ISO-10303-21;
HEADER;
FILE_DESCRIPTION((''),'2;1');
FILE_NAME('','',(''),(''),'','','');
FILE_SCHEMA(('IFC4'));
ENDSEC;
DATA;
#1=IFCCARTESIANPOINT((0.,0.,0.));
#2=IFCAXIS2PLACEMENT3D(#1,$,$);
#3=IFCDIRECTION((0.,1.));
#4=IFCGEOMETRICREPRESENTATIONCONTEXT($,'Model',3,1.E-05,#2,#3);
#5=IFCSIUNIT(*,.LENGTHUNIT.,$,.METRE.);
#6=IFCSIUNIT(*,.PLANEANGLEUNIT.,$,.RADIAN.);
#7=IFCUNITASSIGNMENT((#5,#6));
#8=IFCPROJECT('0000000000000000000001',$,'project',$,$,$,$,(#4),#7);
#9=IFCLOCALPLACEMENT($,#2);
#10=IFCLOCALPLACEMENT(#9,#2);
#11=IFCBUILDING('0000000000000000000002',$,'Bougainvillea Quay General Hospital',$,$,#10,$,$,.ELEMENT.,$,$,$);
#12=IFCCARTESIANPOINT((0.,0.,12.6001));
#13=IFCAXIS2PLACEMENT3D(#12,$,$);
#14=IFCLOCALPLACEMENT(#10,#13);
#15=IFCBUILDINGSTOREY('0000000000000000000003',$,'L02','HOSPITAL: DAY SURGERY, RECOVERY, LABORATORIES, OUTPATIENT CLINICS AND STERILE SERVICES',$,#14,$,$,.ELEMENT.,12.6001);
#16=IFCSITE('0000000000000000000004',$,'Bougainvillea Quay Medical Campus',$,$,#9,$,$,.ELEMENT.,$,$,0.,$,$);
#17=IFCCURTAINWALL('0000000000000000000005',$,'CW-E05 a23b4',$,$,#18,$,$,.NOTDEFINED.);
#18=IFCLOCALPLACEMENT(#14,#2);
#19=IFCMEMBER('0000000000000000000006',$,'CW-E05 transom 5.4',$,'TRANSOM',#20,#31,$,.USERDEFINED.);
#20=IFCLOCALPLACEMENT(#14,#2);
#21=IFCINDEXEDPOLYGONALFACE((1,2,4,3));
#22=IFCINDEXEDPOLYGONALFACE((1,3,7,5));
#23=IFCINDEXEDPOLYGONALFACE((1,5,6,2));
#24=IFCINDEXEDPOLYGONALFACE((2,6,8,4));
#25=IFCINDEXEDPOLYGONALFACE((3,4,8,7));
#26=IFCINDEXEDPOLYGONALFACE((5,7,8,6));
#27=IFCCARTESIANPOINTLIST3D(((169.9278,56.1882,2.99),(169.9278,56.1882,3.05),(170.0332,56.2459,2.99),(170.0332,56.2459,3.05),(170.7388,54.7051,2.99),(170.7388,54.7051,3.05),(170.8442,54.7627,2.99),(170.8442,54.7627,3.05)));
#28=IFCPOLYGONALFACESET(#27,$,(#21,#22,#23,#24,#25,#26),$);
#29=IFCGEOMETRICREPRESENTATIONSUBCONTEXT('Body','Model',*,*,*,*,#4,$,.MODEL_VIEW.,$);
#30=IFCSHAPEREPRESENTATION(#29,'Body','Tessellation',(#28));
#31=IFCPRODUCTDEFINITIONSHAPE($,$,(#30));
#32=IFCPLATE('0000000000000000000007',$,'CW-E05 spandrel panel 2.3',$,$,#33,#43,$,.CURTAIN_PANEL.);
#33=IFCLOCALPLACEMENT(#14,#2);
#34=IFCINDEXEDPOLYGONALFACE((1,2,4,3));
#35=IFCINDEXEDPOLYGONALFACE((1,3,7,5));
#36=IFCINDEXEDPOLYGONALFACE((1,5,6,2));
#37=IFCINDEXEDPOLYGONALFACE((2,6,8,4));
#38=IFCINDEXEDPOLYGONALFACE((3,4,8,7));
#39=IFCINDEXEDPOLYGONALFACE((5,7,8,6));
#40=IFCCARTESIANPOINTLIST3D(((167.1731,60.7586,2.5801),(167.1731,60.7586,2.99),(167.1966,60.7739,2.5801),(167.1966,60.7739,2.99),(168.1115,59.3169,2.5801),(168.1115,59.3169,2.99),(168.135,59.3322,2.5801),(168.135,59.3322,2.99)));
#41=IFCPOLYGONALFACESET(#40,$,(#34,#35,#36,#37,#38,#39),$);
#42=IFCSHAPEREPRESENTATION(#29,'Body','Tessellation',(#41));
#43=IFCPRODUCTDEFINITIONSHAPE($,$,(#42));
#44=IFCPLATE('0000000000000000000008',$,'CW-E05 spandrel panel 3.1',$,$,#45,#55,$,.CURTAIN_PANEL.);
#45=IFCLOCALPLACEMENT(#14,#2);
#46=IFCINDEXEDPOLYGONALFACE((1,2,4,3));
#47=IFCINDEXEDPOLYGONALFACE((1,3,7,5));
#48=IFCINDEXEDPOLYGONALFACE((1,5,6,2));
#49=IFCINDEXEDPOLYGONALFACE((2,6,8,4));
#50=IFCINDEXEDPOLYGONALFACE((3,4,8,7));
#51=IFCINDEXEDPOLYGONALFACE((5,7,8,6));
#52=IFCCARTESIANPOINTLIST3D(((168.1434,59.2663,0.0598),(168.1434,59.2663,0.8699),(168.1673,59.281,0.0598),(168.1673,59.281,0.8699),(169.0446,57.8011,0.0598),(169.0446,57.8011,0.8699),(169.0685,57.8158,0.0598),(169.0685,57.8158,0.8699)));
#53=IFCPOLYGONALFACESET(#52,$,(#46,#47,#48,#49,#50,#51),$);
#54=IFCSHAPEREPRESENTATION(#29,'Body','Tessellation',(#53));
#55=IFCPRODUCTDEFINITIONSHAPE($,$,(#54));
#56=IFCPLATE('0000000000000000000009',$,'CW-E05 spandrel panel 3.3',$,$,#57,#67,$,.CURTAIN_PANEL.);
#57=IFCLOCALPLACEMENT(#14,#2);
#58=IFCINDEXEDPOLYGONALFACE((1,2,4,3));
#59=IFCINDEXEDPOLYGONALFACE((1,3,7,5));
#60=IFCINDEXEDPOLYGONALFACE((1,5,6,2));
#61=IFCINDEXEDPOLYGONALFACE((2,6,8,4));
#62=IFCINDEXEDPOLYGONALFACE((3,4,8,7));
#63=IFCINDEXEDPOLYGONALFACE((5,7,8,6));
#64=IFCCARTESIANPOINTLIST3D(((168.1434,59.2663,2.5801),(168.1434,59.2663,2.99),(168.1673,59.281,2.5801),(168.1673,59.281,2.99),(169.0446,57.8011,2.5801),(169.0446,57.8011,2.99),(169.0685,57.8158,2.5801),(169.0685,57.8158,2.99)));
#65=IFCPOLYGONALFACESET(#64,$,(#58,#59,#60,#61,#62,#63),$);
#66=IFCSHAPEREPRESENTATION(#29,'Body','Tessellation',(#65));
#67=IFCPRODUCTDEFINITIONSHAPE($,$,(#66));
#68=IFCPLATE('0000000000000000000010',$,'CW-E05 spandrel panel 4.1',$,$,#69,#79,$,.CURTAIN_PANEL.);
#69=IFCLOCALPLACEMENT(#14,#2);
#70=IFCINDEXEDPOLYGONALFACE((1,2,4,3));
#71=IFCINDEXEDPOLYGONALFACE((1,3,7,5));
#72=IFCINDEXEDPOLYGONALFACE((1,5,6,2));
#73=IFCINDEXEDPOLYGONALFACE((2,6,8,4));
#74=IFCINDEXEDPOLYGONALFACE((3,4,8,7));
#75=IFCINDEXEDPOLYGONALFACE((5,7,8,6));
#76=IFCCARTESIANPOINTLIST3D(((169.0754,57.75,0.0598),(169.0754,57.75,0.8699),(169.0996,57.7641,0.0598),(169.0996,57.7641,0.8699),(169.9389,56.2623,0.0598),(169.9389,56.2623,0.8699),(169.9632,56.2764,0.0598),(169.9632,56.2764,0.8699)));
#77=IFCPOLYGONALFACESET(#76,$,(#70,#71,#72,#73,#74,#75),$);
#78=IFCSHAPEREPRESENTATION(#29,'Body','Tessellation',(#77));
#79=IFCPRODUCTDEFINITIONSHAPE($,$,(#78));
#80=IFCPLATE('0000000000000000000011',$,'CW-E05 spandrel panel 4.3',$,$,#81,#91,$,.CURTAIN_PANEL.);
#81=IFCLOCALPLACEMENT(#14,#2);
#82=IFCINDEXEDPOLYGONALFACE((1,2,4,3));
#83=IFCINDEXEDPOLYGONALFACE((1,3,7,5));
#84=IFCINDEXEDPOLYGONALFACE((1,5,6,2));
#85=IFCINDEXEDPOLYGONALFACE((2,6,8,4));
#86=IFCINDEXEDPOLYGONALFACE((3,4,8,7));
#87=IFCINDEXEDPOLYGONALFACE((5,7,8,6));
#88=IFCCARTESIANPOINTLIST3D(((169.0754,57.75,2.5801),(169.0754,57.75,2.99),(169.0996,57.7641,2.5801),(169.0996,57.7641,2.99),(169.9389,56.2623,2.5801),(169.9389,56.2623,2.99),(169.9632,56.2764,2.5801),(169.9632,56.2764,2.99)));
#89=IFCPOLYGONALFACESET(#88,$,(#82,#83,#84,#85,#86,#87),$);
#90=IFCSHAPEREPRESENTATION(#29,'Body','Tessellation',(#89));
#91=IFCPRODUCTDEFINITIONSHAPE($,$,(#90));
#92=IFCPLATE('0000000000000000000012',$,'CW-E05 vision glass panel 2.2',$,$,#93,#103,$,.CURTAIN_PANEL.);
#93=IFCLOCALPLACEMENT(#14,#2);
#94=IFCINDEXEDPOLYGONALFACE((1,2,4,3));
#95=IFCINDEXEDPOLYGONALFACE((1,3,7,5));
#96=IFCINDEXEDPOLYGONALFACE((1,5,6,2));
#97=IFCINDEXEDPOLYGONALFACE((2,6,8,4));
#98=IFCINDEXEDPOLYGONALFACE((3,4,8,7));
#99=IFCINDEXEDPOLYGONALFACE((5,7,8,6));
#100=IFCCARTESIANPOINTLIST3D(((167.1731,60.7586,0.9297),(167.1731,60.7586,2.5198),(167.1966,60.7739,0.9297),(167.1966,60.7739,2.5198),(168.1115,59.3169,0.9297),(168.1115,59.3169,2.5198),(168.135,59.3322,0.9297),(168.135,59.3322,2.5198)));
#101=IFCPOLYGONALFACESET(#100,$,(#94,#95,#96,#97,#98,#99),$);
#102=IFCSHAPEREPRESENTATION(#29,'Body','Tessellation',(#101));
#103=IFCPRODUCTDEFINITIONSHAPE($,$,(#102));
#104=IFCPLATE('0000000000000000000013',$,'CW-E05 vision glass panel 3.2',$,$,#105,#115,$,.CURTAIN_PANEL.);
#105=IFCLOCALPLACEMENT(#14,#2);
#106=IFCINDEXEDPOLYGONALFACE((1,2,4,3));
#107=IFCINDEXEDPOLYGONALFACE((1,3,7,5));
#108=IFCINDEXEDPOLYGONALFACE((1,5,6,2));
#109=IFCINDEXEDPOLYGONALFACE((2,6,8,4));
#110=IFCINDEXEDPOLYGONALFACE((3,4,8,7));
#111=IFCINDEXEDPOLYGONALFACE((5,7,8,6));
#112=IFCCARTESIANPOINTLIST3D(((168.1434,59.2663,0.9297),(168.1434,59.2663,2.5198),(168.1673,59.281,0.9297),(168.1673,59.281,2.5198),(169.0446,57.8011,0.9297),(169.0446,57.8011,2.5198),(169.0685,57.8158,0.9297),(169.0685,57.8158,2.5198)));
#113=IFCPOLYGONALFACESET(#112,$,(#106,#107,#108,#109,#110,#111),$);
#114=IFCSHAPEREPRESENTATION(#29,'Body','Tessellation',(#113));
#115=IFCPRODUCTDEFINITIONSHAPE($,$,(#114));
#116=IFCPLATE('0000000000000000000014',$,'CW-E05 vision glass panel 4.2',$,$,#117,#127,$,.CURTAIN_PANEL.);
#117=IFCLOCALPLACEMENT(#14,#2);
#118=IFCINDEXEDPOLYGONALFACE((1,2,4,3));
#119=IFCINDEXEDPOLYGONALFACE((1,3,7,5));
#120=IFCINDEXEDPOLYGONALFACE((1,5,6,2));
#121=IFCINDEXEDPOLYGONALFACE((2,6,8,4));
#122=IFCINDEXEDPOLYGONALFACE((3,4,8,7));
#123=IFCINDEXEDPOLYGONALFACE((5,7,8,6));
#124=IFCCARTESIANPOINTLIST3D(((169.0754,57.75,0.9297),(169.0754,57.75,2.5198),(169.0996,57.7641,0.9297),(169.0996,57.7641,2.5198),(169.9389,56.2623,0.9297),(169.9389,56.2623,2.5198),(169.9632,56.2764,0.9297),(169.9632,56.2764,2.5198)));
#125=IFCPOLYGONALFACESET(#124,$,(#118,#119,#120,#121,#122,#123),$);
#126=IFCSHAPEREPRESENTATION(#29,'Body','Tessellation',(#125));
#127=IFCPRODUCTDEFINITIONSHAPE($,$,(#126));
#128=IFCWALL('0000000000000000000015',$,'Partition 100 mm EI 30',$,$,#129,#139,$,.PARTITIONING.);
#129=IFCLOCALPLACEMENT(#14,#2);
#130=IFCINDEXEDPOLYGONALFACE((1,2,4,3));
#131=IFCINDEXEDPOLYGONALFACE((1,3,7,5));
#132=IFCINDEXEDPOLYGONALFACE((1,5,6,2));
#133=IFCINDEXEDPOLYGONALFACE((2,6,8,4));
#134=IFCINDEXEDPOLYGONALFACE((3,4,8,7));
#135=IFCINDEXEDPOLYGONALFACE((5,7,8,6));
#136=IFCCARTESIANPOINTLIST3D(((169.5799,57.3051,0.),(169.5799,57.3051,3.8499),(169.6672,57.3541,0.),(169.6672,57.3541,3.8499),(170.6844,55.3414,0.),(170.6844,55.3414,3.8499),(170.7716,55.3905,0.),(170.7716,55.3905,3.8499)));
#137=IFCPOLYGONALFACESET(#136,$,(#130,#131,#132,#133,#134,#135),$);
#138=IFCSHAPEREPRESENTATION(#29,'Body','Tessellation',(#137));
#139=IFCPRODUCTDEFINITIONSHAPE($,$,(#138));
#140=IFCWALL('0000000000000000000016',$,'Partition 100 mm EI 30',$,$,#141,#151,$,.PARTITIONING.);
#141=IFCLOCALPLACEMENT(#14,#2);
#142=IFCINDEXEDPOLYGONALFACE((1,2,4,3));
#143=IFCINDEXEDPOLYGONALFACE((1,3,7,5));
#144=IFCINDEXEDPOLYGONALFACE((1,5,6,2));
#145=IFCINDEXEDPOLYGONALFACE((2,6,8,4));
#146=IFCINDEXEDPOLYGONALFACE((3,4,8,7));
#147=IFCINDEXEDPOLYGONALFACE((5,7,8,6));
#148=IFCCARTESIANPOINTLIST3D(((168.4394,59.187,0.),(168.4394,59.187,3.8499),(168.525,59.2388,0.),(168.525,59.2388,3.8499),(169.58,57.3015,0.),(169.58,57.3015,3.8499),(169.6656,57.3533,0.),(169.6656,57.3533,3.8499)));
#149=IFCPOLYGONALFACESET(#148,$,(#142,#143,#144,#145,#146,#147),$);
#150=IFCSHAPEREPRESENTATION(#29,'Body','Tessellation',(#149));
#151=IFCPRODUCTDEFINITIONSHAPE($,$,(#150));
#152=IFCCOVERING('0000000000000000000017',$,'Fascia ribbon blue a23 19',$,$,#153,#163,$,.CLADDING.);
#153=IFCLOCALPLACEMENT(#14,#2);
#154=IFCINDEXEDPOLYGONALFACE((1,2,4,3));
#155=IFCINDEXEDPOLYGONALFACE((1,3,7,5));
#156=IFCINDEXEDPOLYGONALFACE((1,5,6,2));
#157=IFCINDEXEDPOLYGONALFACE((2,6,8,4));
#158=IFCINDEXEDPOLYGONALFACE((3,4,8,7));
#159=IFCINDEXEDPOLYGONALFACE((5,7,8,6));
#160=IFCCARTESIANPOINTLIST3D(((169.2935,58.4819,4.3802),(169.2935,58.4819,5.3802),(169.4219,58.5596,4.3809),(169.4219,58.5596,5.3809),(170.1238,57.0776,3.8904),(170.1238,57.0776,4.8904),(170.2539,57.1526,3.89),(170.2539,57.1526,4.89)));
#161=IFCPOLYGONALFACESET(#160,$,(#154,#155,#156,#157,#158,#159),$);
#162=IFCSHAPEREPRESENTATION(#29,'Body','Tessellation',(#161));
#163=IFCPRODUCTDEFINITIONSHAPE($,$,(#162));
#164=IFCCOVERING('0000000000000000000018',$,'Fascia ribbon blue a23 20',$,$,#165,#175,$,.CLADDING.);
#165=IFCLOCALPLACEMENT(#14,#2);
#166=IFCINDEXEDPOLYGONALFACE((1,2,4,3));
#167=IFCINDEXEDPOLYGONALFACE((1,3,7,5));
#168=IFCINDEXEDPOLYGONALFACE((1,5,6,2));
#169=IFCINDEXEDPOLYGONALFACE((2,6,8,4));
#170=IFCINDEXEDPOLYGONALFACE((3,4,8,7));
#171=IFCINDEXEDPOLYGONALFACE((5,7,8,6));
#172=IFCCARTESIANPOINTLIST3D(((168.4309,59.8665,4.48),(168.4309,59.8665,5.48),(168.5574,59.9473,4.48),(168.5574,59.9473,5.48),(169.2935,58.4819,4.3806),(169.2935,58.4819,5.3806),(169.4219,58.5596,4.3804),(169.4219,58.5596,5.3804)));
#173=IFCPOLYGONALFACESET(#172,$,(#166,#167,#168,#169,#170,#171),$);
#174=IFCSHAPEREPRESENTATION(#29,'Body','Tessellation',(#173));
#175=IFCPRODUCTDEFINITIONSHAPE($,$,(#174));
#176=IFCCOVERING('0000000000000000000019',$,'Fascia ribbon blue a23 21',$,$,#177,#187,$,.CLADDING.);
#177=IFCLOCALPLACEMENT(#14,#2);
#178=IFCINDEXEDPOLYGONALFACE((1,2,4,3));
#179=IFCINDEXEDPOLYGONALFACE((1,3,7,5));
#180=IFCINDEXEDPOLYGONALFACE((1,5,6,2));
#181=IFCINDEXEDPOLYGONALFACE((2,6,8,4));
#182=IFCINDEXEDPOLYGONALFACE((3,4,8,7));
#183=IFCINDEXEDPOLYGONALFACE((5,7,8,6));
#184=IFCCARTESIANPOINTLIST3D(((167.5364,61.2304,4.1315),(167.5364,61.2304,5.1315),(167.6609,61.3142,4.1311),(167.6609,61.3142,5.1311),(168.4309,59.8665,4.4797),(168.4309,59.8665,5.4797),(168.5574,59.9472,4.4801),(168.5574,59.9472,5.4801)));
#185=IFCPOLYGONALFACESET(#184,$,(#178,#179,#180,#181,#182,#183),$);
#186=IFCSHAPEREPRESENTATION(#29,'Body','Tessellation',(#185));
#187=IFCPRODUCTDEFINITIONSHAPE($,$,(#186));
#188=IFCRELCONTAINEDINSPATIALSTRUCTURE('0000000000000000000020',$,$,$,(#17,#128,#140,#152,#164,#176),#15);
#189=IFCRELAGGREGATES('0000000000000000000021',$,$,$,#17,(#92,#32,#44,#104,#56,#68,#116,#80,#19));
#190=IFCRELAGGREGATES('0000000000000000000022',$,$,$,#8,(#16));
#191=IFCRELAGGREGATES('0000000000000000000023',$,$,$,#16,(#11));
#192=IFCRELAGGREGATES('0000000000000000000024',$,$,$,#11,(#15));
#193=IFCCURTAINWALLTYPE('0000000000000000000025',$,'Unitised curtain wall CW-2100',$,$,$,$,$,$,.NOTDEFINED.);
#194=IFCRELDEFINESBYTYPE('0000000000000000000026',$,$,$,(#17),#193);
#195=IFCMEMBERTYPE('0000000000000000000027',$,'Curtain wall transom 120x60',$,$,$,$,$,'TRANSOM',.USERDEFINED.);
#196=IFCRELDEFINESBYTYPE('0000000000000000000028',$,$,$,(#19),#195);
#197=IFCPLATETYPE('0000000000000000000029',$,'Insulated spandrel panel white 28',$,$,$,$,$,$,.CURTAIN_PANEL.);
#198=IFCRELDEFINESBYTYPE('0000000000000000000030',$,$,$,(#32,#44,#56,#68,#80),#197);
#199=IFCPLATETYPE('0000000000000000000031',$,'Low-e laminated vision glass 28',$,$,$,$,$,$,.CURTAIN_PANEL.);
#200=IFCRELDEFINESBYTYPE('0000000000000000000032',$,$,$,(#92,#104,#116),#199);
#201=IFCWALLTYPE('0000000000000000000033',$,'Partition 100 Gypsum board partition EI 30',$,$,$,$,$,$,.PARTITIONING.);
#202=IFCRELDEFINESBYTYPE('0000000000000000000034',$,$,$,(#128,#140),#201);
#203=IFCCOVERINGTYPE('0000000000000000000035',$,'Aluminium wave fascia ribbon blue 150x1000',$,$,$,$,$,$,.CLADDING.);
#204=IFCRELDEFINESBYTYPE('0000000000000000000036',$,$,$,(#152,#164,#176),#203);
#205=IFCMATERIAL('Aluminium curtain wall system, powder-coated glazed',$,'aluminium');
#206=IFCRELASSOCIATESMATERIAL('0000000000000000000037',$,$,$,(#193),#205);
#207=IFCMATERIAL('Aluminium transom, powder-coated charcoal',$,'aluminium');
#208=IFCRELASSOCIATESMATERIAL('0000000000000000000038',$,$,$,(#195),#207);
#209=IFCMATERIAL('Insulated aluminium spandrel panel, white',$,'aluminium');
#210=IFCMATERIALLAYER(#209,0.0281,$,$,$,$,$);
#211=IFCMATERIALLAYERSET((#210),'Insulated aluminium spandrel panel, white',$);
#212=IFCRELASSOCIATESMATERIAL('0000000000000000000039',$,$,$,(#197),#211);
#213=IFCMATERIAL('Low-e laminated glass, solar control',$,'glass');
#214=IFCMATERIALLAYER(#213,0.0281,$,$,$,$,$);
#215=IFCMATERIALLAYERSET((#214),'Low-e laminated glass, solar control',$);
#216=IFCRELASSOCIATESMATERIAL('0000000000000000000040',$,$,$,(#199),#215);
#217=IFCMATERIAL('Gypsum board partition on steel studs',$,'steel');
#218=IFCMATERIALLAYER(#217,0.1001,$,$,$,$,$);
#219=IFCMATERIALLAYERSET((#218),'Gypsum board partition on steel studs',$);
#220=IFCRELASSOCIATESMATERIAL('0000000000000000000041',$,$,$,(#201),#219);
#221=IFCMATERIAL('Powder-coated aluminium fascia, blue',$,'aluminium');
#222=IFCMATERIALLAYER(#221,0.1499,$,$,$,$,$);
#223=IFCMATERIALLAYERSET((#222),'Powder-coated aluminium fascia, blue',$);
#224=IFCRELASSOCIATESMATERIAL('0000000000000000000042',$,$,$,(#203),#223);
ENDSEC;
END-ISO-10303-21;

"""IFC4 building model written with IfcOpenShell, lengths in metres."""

from ifc_helpers import new_model, si_unit, direction, frame, frame_2d, origin, origin_2d, place, context, subcontext, project, spatial, polyline, rectangle, outline, extrude, material, layer, layer_set, material_profile, profile_set, type_object, element, aggregate, save


model = new_model("IFC4")

# Units and contexts
model_context = context("Model", 3, precision=1e-05, world=origin(), true_north=direction((0.0, 1.0)))
body_context = subcontext(model_context, "Body", "Model", "MODEL_VIEW")
ifc_project = project(units=[si_unit("LENGTHUNIT", "METRE"), si_unit("PLANEANGLEUNIT", "RADIAN")], contexts=[model_context])

# Site, building, storey
site_placement = place(None, origin())
site = spatial("IfcSite", under=ifc_project, at=site_placement, Name="Bougainvillea Quay Medical Campus", CompositionType="ELEMENT", RefElevation=0.0)
building_placement = place(site_placement, origin())
building = spatial("IfcBuilding", under=site, at=building_placement, Name="Bougainvillea Quay General Hospital", CompositionType="ELEMENT")
storey_placement = place(building_placement, frame((0.0, 0.0, 12.6001)))
storey = spatial("IfcBuildingStorey", under=building, at=storey_placement, Name="L02", Description="HOSPITAL: DAY SURGERY, RECOVERY, LABORATORIES, OUTPATIENT CLINICS AND STERILE SERVICES", CompositionType="ELEMENT", Elevation=12.6001)

# Curtain wall, member, plates
ifc_material_1 = material(Name="Aluminium curtain wall system, powder-coated glazed", Category="aluminium")
curtain_wall_type = type_object("IfcCurtainWallType", Name="Unitised curtain wall CW-2100", PredefinedType="NOTDEFINED", material=ifc_material_1)
curtain_wall_placement = place(storey_placement, origin())
curtain_wall = element("IfcCurtainWall", 1, at=curtain_wall_placement, inside=storey, type_object=curtain_wall_type, Name="CW-E05 a23b4", PredefinedType="NOTDEFINED")
ifc_material_2 = material(Name="Aluminium transom, powder-coated charcoal", Category="aluminium")
ifc_material_profile_1 = material_profile(ifc_material_2, rectangle(XDim=0.1201, YDim=0.0601, at=origin_2d()))
ifc_profile_set_1 = profile_set([ifc_material_profile_1], Name="Aluminium transom, powder-coated charcoal")
member_type_1 = type_object("IfcMemberType", Name="Curtain wall transom 120x60", ElementType="TRANSOM", PredefinedType="USERDEFINED", material=ifc_profile_set_1)
member_1_placement = place(storey_placement, frame((169.9805, 56.217, 3.02), z_axis=(0.479783, -0.877387, 0.0), x_axis=(0.877387, 0.479783, 0.0)))
member_1 = element("IfcMember", 2, at=member_1_placement, type_object=member_type_1, Name="CW-E05 transom 5.4", ObjectType="TRANSOM", PredefinedType="USERDEFINED", context=body_context, shape_type="SweptSolid", body=[
    extrude(rectangle(XDim=0.1201, YDim=0.0601, at=origin_2d()), origin(), (0.0, 0.0, 1.0), 1.6904),
])
ifc_material_3 = material(Name="Insulated aluminium spandrel panel, white", Category="aluminium")
ifc_layer_1 = layer(ifc_material_3, 0.0281)
ifc_layer_set_1 = layer_set([ifc_layer_1], Name="Insulated aluminium spandrel panel, white")
plate_type_1 = type_object("IfcPlateType", Name="Insulated spandrel panel white 28", PredefinedType="CURTAIN_PANEL", material=ifc_layer_set_1)
plate_1_placement = place(storey_placement, frame((167.6541, 60.0454, 2.5801), z_axis=(0.0, 0.0, 1.0), x_axis=(0.545494, -0.838115, 0.0)))
plate_1 = element("IfcPlate", 3, at=plate_1_placement, type_object=plate_type_1, Name="CW-E05 spandrel panel 2.3", PredefinedType="CURTAIN_PANEL", context=body_context, shape_type="SweptSolid", body=[
    extrude(rectangle(XDim=1.7202, YDim=0.0281, at=origin_2d()), origin(), (0.0, 0.0, 1.0), 0.4099),
])
plate_2_placement = place(storey_placement, frame((168.606, 58.541, 0.0598), z_axis=(0.0, 0.0, 1.0), x_axis=(0.523926, -0.851764, 0.0)))
plate_2 = element("IfcPlate", 4, at=plate_2_placement, type_object=plate_type_1, Name="CW-E05 spandrel panel 3.1", PredefinedType="CURTAIN_PANEL", context=body_context, shape_type="SweptSolid", body=[
    extrude(rectangle(XDim=1.7202, YDim=0.0281, at=origin_2d()), origin(), (0.0, 0.0, 1.0), 0.8101),
])
plate_3_placement = place(storey_placement, frame((168.606, 58.541, 2.5801), z_axis=(0.0, 0.0, 1.0), x_axis=(0.523926, -0.851764, 0.0)))
plate_3 = element("IfcPlate", 5, at=plate_3_placement, type_object=plate_type_1, Name="CW-E05 spandrel panel 3.3", PredefinedType="CURTAIN_PANEL", context=body_context, shape_type="SweptSolid", body=[
    extrude(rectangle(XDim=1.7202, YDim=0.0281, at=origin_2d()), origin(), (0.0, 0.0, 1.0), 0.4099),
])
plate_4_placement = place(storey_placement, frame((169.5193, 57.0132, 0.0598), z_axis=(0.0, 0.0, 1.0), x_axis=(0.502018, -0.864857, 0.0)))
plate_4 = element("IfcPlate", 6, at=plate_4_placement, type_object=plate_type_1, Name="CW-E05 spandrel panel 4.1", PredefinedType="CURTAIN_PANEL", context=body_context, shape_type="SweptSolid", body=[
    extrude(rectangle(XDim=1.7202, YDim=0.0281, at=origin_2d()), origin(), (0.0, 0.0, 1.0), 0.8101),
])
plate_5_placement = place(storey_placement, frame((169.5193, 57.0132, 2.5801), z_axis=(0.0, 0.0, 1.0), x_axis=(0.502018, -0.864857, 0.0)))
plate_5 = element("IfcPlate", 7, at=plate_5_placement, type_object=plate_type_1, Name="CW-E05 spandrel panel 4.3", PredefinedType="CURTAIN_PANEL", context=body_context, shape_type="SweptSolid", body=[
    extrude(rectangle(XDim=1.7202, YDim=0.0281, at=origin_2d()), origin(), (0.0, 0.0, 1.0), 0.4099),
])
ifc_material_4 = material(Name="Low-e laminated glass, solar control", Category="glass")
ifc_layer_2 = layer(ifc_material_4, 0.0281)
ifc_layer_set_2 = layer_set([ifc_layer_2], Name="Low-e laminated glass, solar control")
plate_type_2 = type_object("IfcPlateType", Name="Low-e laminated vision glass 28", PredefinedType="CURTAIN_PANEL", material=ifc_layer_set_2)
plate_6_placement = place(storey_placement, frame((167.6541, 60.0454, 0.9297), z_axis=(0.0, 0.0, 1.0), x_axis=(0.545494, -0.838115, 0.0)))
plate_6 = element("IfcPlate", 8, at=plate_6_placement, type_object=plate_type_2, Name="CW-E05 vision glass panel 2.2", PredefinedType="CURTAIN_PANEL", context=body_context, shape_type="SweptSolid", body=[
    extrude(rectangle(XDim=1.7202, YDim=0.0281, at=origin_2d()), origin(), (0.0, 0.0, 1.0), 1.5901),
])
plate_7_placement = place(storey_placement, frame((168.606, 58.541, 0.9297), z_axis=(0.0, 0.0, 1.0), x_axis=(0.523926, -0.851764, 0.0)))
plate_7 = element("IfcPlate", 9, at=plate_7_placement, type_object=plate_type_2, Name="CW-E05 vision glass panel 3.2", PredefinedType="CURTAIN_PANEL", context=body_context, shape_type="SweptSolid", body=[
    extrude(rectangle(XDim=1.7202, YDim=0.0281, at=origin_2d()), origin(), (0.0, 0.0, 1.0), 1.5901),
])
plate_8_placement = place(storey_placement, frame((169.5193, 57.0132, 0.9297), z_axis=(0.0, 0.0, 1.0), x_axis=(0.502018, -0.864857, 0.0)))
plate_8 = element("IfcPlate", 10, at=plate_8_placement, type_object=plate_type_2, Name="CW-E05 vision glass panel 4.2", PredefinedType="CURTAIN_PANEL", context=body_context, shape_type="SweptSolid", body=[
    extrude(rectangle(XDim=1.7202, YDim=0.0281, at=origin_2d()), origin(), (0.0, 0.0, 1.0), 1.5901),
])
aggregate(curtain_wall, [plate_6, plate_1, plate_2, plate_7, plate_3, plate_4, plate_8, plate_5, member_1])

# Walls
ifc_material_5 = material(Name="Gypsum board partition on steel studs", Category="steel")
ifc_layer_3 = layer(ifc_material_5, 0.1001)
ifc_layer_set_3 = layer_set([ifc_layer_3], Name="Gypsum board partition on steel studs")
wall_type = type_object("IfcWallType", Name="Partition 100 Gypsum board partition EI 30", PredefinedType="PARTITIONING", material=ifc_layer_set_3)
wall_1_placement = place(storey_placement, frame((169.6235, 57.3296, 0.0), z_axis=(0.0, 0.0, 1.0), x_axis=(0.490246, -0.871584, 0.0)))
element("IfcWall", 11, at=wall_1_placement, inside=storey, type_object=wall_type, Name="Partition 100 mm EI 30", PredefinedType="PARTITIONING", context=body_context, shape_type="SweptSolid", body=[
    extrude(rectangle(XDim=2.2529, YDim=0.1001, at=frame_2d((1.1265, 0.0))), origin(), (0.0, 0.0, 1.0), 3.8499),
])
wall_2_placement = place(storey_placement, frame((168.4822, 59.2129, 0.0), z_axis=(0.0, 0.0, 1.0), x_axis=(0.517604, -0.85562, 0.0)))
element("IfcWall", 12, at=wall_2_placement, inside=storey, type_object=wall_type, Name="Partition 100 mm EI 30", PredefinedType="PARTITIONING", context=body_context, shape_type="SweptSolid", body=[
    extrude(rectangle(XDim=2.2036, YDim=0.1001, at=frame_2d((1.1018, 0.0))), origin(), (0.0, 0.0, 1.0), 3.8499),
])

# Coverings
ifc_material_6 = material(Name="Powder-coated aluminium fascia, blue", Category="aluminium")
ifc_layer_4 = layer(ifc_material_6, 0.1499)
ifc_layer_set_4 = layer_set([ifc_layer_4], Name="Powder-coated aluminium fascia, blue")
covering_type = type_object("IfcCoveringType", Name="Aluminium wave fascia ribbon blue 150x1000", PredefinedType="CLADDING", material=ifc_layer_set_4)
covering_1_placement = place(storey_placement, frame((170.1238, 57.0776, 3.8904), z_axis=(0.145503, -0.248073, 0.957752), x_axis=(-0.487459, 0.824423, 0.287594)))
element("IfcCovering", 13, at=covering_1_placement, inside=storey, type_object=covering_type, Name="Fascia ribbon blue a23 19", PredefinedType="CLADDING", context=body_context, shape_type="SweptSolid", body=[
    extrude(outline(polyline([(0.0, 0.0), (1.7033, 0.0), (1.7049, -0.1501), (-0.0018, -0.1502), (0.0, 0.0)])), origin(), (0.287594, -0.000969, 0.957752), 1.0),
])
covering_2_placement = place(storey_placement, frame((169.2935, 58.4819, 4.3806), z_axis=(0.032792, -0.051213, 0.998149), x_axis=(-0.527796, 0.847192, 0.060807)))
element("IfcCovering", 14, at=covering_2_placement, inside=storey, type_object=covering_type, Name="Fascia ribbon blue a23 20", PredefinedType="CLADDING", context=body_context, shape_type="SweptSolid", body=[
    extrude(outline(polyline([(0.0, 0.0), (1.6342, 0.0), (1.636, -0.1501), (-0.002, -0.15), (0.0, 0.0)])), origin(), (0.060807, 0.000752, 0.998149), 1.0),
])
covering_3_placement = place(storey_placement, frame((168.4309, 59.8665, 4.4797), z_axis=(-0.114483, 0.174612, 0.977959), x_axis=(-0.536311, 0.817787, -0.208795)))
element("IfcCovering", 15, at=covering_3_placement, inside=storey, type_object=covering_type, Name="Fascia ribbon blue a23 21", PredefinedType="CLADDING", context=body_context, shape_type="SweptSolid", body=[
    extrude(outline(polyline([(0.0, 0.0), (1.6679, 0.0), (1.6697, -0.15), (-0.0018, -0.1501), (0.0, 0.0)])), origin(), (-0.208795, 0.000024, 0.977959), 1.0),
])

save(model, "model.ifc")
